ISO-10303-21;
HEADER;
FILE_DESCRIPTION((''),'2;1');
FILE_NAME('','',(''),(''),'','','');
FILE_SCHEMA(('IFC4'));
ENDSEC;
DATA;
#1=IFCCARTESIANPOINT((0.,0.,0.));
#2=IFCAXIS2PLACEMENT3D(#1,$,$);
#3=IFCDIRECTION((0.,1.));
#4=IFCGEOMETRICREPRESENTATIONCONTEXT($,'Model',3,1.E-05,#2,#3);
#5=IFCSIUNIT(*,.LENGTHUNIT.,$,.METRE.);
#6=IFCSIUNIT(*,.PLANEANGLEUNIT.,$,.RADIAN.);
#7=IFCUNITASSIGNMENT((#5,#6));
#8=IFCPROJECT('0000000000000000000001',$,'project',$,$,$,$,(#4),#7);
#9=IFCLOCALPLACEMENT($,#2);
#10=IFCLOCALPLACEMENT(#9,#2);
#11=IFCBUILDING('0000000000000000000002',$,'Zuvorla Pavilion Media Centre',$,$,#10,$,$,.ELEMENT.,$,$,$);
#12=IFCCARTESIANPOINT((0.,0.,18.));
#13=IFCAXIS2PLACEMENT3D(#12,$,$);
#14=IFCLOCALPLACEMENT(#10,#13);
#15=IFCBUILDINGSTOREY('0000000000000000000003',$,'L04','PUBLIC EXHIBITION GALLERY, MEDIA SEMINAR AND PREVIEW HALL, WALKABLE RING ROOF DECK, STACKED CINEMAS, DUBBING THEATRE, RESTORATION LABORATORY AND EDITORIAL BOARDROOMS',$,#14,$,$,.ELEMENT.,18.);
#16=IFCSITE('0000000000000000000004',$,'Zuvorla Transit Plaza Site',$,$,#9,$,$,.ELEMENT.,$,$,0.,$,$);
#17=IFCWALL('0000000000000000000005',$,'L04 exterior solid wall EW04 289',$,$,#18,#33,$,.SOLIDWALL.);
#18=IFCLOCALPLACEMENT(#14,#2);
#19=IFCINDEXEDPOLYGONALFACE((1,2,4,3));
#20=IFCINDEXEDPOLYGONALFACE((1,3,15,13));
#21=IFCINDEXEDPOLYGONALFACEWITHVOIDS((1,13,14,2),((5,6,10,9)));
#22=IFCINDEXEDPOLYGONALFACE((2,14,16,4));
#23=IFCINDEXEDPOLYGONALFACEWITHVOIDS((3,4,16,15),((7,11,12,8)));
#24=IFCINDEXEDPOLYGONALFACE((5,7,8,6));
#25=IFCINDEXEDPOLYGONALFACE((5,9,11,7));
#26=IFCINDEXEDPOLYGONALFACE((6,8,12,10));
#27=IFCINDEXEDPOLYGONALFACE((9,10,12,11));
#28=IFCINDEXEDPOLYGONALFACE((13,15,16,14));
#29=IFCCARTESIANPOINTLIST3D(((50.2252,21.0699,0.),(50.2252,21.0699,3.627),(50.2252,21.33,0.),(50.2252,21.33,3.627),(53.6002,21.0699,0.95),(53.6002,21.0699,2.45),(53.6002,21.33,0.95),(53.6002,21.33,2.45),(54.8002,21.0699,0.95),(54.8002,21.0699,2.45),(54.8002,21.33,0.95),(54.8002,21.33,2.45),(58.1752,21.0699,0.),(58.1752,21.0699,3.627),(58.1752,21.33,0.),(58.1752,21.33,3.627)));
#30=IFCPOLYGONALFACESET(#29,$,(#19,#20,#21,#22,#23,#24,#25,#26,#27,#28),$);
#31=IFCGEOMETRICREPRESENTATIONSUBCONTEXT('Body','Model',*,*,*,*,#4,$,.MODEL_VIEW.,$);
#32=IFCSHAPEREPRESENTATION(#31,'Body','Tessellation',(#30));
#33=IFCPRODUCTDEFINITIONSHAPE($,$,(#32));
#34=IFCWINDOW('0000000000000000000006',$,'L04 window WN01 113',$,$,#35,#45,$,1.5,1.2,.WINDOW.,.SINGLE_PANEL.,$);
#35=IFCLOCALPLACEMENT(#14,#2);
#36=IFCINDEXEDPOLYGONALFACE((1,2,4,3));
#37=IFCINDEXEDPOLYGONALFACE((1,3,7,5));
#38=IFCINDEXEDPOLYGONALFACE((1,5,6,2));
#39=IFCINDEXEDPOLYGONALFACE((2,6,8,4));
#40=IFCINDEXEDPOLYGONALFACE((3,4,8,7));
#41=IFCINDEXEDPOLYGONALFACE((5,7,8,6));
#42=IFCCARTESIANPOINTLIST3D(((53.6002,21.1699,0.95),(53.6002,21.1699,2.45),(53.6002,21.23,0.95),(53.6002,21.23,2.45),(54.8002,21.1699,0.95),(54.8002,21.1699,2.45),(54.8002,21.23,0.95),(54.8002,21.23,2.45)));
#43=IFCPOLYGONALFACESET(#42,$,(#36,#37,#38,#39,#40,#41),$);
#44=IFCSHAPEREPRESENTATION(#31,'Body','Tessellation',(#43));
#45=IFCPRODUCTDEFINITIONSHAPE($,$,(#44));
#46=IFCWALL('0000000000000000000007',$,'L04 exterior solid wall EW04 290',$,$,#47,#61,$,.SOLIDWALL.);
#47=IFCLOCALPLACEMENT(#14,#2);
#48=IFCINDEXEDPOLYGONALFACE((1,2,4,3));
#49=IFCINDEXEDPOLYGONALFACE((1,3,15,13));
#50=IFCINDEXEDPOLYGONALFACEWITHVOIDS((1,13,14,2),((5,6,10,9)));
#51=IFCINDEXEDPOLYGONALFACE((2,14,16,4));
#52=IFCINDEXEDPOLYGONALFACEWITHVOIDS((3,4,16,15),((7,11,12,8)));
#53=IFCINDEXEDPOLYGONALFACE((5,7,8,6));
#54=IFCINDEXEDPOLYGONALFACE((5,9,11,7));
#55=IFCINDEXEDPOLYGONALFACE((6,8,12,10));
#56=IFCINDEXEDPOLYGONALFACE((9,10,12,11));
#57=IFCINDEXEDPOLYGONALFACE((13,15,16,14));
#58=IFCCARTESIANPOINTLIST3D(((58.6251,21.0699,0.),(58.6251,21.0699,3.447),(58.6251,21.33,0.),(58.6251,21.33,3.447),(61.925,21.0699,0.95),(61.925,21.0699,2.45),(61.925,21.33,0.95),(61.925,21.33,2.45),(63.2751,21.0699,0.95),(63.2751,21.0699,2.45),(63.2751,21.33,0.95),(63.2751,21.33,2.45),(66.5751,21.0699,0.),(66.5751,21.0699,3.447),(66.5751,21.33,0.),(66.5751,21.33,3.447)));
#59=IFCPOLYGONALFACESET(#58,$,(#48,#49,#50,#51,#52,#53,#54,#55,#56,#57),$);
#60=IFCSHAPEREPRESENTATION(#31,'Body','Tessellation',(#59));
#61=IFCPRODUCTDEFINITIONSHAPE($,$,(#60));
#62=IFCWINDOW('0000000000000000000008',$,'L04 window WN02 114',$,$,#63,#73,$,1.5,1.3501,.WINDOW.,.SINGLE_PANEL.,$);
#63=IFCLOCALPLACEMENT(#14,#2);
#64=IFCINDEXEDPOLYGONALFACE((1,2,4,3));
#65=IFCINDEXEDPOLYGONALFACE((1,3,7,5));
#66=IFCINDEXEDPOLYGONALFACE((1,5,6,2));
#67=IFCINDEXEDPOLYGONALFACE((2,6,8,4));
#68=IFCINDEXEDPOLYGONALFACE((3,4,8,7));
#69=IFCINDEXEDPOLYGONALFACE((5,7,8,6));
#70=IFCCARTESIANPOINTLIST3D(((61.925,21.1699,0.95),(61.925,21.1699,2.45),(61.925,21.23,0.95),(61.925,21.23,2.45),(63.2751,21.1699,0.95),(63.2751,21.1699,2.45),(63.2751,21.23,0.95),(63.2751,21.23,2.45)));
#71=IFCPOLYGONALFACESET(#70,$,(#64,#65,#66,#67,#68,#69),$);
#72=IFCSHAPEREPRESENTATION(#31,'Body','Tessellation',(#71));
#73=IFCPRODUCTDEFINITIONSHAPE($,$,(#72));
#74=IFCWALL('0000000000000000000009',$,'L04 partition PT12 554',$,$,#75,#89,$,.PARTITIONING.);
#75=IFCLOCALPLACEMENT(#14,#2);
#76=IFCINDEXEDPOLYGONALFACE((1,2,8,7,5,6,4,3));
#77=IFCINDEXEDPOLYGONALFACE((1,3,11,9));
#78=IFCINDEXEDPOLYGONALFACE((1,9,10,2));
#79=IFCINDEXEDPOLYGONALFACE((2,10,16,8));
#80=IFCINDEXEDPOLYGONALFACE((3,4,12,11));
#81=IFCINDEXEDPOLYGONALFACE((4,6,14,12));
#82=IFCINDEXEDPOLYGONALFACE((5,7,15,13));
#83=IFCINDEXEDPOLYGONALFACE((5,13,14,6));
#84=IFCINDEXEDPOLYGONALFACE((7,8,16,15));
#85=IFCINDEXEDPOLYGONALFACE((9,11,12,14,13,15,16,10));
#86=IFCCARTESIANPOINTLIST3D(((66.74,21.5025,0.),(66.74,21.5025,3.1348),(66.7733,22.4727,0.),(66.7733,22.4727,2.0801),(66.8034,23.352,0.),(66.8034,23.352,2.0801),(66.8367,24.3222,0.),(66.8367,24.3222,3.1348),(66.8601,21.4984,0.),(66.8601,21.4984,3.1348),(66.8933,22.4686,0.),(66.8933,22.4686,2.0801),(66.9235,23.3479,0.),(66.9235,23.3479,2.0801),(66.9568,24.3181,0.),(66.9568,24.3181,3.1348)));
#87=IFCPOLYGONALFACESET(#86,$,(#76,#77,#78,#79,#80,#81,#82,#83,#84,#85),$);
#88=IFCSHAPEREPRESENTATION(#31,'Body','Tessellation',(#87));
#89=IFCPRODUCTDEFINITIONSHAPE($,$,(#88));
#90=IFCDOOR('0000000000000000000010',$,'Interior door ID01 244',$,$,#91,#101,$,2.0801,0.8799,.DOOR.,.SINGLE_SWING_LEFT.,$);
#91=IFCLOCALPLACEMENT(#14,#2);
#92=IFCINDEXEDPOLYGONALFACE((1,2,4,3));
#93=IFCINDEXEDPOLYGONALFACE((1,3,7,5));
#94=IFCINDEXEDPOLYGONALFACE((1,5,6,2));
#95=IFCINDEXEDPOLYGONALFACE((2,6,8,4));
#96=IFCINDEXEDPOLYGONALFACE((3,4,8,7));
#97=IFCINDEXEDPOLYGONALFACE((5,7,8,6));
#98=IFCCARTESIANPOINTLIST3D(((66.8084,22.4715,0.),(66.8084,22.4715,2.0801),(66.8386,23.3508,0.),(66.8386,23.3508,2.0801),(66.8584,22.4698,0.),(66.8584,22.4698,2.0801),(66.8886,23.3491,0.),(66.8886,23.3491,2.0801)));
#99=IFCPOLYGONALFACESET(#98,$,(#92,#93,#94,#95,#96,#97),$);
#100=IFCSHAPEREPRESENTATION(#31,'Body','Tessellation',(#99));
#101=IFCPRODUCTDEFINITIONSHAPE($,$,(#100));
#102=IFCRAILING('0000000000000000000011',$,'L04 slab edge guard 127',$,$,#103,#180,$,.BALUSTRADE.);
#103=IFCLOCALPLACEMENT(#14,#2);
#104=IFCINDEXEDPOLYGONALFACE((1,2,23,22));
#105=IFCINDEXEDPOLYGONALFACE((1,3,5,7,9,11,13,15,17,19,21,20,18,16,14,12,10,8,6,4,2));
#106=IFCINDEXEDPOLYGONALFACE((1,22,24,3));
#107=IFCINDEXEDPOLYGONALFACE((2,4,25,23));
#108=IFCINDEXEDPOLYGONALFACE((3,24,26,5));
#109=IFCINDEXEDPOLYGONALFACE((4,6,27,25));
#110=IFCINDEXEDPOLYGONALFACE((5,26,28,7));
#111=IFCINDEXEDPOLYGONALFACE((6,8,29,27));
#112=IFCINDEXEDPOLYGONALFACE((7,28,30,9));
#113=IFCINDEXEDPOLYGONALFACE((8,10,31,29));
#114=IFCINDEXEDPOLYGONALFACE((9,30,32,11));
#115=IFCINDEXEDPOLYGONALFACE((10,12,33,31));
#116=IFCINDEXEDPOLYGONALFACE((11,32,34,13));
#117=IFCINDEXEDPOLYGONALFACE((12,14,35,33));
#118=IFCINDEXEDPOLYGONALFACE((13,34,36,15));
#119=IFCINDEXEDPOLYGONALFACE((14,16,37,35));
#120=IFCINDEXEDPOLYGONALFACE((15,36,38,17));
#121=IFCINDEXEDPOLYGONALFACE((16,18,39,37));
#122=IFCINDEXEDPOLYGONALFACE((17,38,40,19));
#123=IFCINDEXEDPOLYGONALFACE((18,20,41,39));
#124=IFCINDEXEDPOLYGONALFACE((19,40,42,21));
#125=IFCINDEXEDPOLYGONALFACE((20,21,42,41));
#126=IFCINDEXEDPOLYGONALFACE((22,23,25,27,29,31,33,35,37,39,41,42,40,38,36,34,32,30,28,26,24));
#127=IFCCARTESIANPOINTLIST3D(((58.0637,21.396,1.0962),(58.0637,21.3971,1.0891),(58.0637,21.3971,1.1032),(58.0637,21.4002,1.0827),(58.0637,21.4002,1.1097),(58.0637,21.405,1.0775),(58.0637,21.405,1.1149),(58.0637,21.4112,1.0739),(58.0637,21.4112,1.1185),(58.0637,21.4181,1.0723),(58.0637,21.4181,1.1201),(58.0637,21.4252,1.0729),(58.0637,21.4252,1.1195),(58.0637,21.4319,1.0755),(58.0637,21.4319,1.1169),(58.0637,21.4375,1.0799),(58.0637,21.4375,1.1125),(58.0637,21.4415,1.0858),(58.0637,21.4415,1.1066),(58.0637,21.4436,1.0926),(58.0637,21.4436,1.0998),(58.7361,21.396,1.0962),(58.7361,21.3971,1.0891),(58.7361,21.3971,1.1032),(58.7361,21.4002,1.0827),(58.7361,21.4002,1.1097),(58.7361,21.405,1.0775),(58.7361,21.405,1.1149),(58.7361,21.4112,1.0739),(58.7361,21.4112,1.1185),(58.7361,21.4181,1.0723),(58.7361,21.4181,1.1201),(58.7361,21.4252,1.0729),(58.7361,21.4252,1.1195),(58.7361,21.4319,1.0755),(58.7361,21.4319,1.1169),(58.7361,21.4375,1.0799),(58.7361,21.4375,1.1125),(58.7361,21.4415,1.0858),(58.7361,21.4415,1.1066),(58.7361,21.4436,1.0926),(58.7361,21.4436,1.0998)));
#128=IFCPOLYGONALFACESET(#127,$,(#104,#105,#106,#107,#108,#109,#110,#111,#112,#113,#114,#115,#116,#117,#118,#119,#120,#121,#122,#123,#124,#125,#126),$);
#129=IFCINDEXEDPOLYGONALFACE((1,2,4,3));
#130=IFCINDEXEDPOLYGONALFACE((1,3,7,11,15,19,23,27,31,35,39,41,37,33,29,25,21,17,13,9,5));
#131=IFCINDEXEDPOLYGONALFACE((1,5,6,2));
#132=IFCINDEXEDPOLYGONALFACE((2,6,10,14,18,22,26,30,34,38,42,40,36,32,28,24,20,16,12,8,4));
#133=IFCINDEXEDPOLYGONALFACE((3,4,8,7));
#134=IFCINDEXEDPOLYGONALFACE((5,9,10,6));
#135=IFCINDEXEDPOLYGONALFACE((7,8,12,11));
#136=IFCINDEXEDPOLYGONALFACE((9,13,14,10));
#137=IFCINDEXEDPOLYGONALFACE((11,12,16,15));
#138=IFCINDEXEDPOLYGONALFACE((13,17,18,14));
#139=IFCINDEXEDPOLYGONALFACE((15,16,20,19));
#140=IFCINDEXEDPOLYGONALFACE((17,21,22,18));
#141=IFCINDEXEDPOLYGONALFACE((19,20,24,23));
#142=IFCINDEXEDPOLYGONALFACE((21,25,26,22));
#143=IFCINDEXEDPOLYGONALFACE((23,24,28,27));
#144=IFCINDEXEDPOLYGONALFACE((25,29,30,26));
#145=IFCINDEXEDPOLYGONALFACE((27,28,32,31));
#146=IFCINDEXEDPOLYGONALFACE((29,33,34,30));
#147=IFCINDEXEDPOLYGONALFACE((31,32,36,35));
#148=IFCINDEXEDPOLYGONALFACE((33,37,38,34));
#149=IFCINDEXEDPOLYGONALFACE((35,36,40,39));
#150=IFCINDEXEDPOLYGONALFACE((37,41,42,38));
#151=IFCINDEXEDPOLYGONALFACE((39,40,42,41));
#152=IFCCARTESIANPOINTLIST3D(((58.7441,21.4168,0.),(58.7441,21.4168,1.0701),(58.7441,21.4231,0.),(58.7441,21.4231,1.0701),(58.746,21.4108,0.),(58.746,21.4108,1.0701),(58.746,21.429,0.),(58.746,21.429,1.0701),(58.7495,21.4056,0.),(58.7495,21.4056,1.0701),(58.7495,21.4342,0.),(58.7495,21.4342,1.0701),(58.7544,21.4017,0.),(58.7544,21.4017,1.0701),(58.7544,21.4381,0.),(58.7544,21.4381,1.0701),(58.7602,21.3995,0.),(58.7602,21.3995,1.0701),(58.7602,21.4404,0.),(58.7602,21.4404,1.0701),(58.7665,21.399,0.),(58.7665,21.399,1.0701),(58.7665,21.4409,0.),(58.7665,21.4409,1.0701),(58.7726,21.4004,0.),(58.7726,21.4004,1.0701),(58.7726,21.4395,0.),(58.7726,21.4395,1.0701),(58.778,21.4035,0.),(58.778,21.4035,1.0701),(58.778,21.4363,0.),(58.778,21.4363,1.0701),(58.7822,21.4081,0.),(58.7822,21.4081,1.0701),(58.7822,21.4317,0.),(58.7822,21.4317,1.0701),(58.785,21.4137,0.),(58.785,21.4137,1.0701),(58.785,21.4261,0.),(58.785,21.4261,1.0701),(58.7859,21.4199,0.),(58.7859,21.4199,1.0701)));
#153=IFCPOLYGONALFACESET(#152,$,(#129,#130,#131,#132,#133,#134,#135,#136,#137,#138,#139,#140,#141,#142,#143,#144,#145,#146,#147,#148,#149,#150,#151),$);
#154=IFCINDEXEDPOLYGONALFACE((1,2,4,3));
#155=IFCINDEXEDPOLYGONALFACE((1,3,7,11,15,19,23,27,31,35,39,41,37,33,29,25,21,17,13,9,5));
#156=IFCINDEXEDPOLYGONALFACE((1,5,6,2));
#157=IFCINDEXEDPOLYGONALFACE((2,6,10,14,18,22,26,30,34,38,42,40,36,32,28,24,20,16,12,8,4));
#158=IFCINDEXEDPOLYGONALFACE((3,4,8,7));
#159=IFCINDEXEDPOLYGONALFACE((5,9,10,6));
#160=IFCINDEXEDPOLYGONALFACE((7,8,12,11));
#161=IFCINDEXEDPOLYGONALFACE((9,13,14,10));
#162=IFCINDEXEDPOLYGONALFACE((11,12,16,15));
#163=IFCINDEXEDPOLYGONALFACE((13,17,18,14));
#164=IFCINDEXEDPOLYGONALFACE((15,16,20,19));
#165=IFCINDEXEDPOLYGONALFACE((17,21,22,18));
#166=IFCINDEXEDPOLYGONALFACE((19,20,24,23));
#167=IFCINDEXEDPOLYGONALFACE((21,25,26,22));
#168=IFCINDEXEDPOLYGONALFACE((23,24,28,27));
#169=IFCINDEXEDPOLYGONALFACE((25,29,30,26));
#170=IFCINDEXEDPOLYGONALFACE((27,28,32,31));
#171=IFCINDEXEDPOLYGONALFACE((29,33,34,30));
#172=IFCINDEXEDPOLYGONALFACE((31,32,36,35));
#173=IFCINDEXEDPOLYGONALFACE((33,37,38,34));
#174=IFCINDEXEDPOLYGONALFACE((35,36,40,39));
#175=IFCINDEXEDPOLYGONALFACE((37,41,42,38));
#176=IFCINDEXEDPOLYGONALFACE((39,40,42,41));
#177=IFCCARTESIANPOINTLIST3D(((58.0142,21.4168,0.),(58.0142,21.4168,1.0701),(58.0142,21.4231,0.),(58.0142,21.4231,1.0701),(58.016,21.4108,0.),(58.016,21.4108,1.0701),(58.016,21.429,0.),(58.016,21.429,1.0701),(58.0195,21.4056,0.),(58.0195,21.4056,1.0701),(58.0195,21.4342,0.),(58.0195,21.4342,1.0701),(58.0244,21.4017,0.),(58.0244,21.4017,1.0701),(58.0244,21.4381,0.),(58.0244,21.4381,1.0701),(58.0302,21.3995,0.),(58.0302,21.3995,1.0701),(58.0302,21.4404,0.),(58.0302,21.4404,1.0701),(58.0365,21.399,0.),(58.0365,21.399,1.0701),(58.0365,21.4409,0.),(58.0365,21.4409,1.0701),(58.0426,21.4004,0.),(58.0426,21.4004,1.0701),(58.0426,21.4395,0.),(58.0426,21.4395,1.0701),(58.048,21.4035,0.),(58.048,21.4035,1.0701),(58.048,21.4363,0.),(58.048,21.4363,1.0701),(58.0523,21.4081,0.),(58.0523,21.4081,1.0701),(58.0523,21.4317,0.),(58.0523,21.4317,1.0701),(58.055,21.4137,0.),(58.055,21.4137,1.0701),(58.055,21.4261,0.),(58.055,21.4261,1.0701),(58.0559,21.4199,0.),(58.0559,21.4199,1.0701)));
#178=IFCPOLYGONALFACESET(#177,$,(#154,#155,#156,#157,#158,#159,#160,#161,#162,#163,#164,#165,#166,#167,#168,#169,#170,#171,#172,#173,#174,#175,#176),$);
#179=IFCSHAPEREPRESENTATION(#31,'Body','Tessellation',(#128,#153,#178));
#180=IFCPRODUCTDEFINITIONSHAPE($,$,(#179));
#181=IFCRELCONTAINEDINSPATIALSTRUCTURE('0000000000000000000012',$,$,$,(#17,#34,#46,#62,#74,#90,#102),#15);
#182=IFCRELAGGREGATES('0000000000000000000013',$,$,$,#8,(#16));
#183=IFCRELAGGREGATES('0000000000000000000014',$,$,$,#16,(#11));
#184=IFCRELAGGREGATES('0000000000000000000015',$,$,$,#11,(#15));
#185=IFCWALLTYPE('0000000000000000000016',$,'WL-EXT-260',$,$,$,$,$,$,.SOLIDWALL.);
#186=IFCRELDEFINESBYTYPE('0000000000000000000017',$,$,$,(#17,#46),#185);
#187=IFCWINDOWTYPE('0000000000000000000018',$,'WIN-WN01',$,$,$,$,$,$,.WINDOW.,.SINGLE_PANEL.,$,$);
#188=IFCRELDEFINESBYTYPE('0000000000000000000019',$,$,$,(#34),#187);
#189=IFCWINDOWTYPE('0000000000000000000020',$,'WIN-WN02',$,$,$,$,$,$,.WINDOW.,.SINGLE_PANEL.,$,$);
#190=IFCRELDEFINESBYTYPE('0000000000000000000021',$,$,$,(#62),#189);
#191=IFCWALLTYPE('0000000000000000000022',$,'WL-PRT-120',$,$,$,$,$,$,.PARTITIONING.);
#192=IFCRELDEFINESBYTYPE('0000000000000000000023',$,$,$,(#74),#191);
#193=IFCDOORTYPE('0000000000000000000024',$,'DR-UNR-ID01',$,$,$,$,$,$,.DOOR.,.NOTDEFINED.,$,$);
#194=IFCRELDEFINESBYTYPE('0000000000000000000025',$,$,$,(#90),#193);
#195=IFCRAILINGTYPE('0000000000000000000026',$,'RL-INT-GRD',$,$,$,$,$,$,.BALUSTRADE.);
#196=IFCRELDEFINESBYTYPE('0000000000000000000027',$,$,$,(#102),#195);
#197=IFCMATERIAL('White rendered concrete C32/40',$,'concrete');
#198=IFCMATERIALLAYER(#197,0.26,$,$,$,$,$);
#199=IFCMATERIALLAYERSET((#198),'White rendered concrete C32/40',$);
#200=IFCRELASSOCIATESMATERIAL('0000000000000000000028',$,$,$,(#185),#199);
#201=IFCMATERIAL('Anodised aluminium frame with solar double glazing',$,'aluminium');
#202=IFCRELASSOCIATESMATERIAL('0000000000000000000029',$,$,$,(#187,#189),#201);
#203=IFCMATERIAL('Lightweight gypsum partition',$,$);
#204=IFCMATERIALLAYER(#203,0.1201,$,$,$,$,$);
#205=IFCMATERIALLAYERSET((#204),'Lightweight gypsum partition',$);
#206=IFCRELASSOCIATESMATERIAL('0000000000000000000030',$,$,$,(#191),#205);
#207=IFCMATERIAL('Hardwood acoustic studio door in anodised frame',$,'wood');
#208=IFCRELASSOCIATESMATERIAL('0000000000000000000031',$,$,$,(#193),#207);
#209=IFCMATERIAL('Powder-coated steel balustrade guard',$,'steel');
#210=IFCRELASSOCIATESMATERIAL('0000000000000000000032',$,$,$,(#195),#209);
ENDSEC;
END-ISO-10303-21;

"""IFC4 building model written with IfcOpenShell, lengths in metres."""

from ifc_helpers import new_model, si_unit, direction, frame, frame_2d, origin, origin_2d, place, context, subcontext, project, spatial, rectangle, circle, extrude, material, layer, layer_set, type_object, element, fill, save


model = new_model("IFC4")

# Units and contexts
model_context = context("Model", 3, precision=1e-05, world=origin(), true_north=direction((0.0, 1.0)))
body_context = subcontext(model_context, "Body", "Model", "MODEL_VIEW")
ifc_project = project(units=[si_unit("LENGTHUNIT", "METRE"), si_unit("PLANEANGLEUNIT", "RADIAN")], contexts=[model_context])

# Site, building, storey
site_placement = place(None, origin())
site = spatial("IfcSite", under=ifc_project, at=site_placement, Name="Zuvorla Transit Plaza Site", CompositionType="ELEMENT", RefElevation=0.0)
building_placement = place(site_placement, origin())
building = spatial("IfcBuilding", under=site, at=building_placement, Name="Zuvorla Pavilion Media Centre", CompositionType="ELEMENT")
storey_placement = place(building_placement, frame((0.0, 0.0, 18.0)))
storey = spatial("IfcBuildingStorey", under=building, at=storey_placement, Name="L04", Description="PUBLIC EXHIBITION GALLERY, MEDIA SEMINAR AND PREVIEW HALL, WALKABLE RING ROOF DECK, STACKED CINEMAS, DUBBING THEATRE, RESTORATION LABORATORY AND EDITORIAL BOARDROOMS", CompositionType="ELEMENT", Elevation=18.0)

# Walls, openings, windows
ifc_material_1 = material(Name="White rendered concrete C32/40", Category="concrete")
ifc_layer_1 = layer(ifc_material_1, 0.26)
ifc_layer_set_1 = layer_set([ifc_layer_1], Name="White rendered concrete C32/40")
wall_type_1 = type_object("IfcWallType", Name="WL-EXT-260", PredefinedType="SOLIDWALL", material=ifc_layer_set_1)
ifc_material_2 = material(Name="Anodised aluminium frame with solar double glazing", Category="aluminium")
wall_1_placement = place(storey_placement, frame((50.2251, 21.2, 0.0), z_axis=(0.0, 0.0, 1.0), x_axis=(1.0, 0.0, 0.0)))
wall_1 = element("IfcWall", 1, at=wall_1_placement, inside=storey, type_object=wall_type_1, Name="L04 exterior solid wall EW04 289", PredefinedType="SOLIDWALL", context=body_context, shape_type="SweptSolid", body=[
    extrude(rectangle(XDim=7.95, YDim=0.26, at=frame_2d((3.9751, 0.0))), origin(), (0.0, 0.0, 1.0), 3.627),
])
opening_1_placement = place(wall_1_placement, frame((3.375, 0.0, 0.95)))
opening_1 = element("IfcOpeningElement", 2, at=opening_1_placement, cuts=wall_1, PredefinedType="OPENING", context=body_context, shape_type="SweptSolid", body=[
    extrude(rectangle(XDim=1.2, YDim=1.5, at=frame_2d((0.6001, 0.75))), frame((0.0, 0.1399, 0.0), z_axis=(0.0, -1.0, 0.0), x_axis=(1.0, 0.0, 0.0)), (0.0, 0.0, 1.0), 0.28),
])
window_type_1 = type_object("IfcWindowType", Name="WIN-WN01", PartitioningType="SINGLE_PANEL", PredefinedType="WINDOW", material=ifc_material_2)
window_1_placement = place(opening_1_placement, origin())
window_1 = element("IfcWindow", 3, at=window_1_placement, inside=storey, type_object=window_type_1, Name="L04 window WN01 113", OverallHeight=1.5, OverallWidth=1.2, PartitioningType="SINGLE_PANEL", PredefinedType="WINDOW", context=body_context, shape_type="SweptSolid", body=[
    extrude(rectangle(XDim=1.2, YDim=1.5, at=frame_2d((0.6001, 0.75))), frame((0.0, 0.03, 0.0), z_axis=(0.0, -1.0, 0.0), x_axis=(1.0, 0.0, 0.0)), (0.0, 0.0, 1.0), 0.0601),
])
fill(opening_1, window_1)
wall_2_placement = place(storey_placement, frame((58.625, 21.2, 0.0), z_axis=(0.0, 0.0, 1.0), x_axis=(1.0, 0.0, 0.0)))
wall_2 = element("IfcWall", 4, at=wall_2_placement, inside=storey, type_object=wall_type_1, Name="L04 exterior solid wall EW04 290", PredefinedType="SOLIDWALL", context=body_context, shape_type="SweptSolid", body=[
    extrude(rectangle(XDim=7.95, YDim=0.26, at=frame_2d((3.9751, 0.0))), origin(), (0.0, 0.0, 1.0), 3.447),
])
opening_2_placement = place(wall_2_placement, frame((3.3, 0.0, 0.95)))
opening_2 = element("IfcOpeningElement", 5, at=opening_2_placement, cuts=wall_2, PredefinedType="OPENING", context=body_context, shape_type="SweptSolid", body=[
    extrude(rectangle(XDim=1.3501, YDim=1.5, at=frame_2d((0.675, 0.75))), frame((0.0, 0.1399, 0.0), z_axis=(0.0, -1.0, 0.0), x_axis=(1.0, 0.0, 0.0)), (0.0, 0.0, 1.0), 0.28),
])
window_type_2 = type_object("IfcWindowType", Name="WIN-WN02", PartitioningType="SINGLE_PANEL", PredefinedType="WINDOW", material=ifc_material_2)
window_2_placement = place(opening_2_placement, origin())
window_2 = element("IfcWindow", 6, at=window_2_placement, inside=storey, type_object=window_type_2, Name="L04 window WN02 114", OverallHeight=1.5, OverallWidth=1.3501, PartitioningType="SINGLE_PANEL", PredefinedType="WINDOW", context=body_context, shape_type="SweptSolid", body=[
    extrude(rectangle(XDim=1.3501, YDim=1.5, at=frame_2d((0.675, 0.75))), frame((0.0, 0.03, 0.0), z_axis=(0.0, -1.0, 0.0), x_axis=(1.0, 0.0, 0.0)), (0.0, 0.0, 1.0), 0.0601),
])
fill(opening_2, window_2)

# Wall, opening, door
ifc_material_3 = material(Name="Lightweight gypsum partition")
ifc_layer_2 = layer(ifc_material_3, 0.1201)
ifc_layer_set_2 = layer_set([ifc_layer_2], Name="Lightweight gypsum partition")
wall_type_2 = type_object("IfcWallType", Name="WL-PRT-120", PredefinedType="PARTITIONING", material=ifc_layer_set_2)
wall_3_placement = place(storey_placement, frame((66.8, 21.5005, 0.0), z_axis=(0.0, 0.0, 1.0), x_axis=(0.034269, 0.999413, 0.0)))
wall_3 = element("IfcWall", 7, at=wall_3_placement, inside=storey, type_object=wall_type_2, Name="L04 partition PT12 554", PredefinedType="PARTITIONING", context=body_context, shape_type="SweptSolid", body=[
    extrude(rectangle(XDim=2.8213, YDim=0.1201, at=frame_2d((1.4106, 0.0))), origin(), (0.0, 0.0, 1.0), 3.1348),
])
opening_3_placement = place(wall_3_placement, frame((0.9707, 0.0, 0.0)))
opening_3 = element("IfcOpeningElement", 8, at=opening_3_placement, cuts=wall_3, PredefinedType="OPENING", context=body_context, shape_type="SweptSolid", body=[
    extrude(rectangle(XDim=0.8799, YDim=2.0801, at=frame_2d((0.4399, 1.04))), frame((0.0, 0.0701, 0.0), z_axis=(0.0, -1.0, 0.0), x_axis=(1.0, 0.0, 0.0)), (0.0, 0.0, 1.0), 0.1401),
])
ifc_material_4 = material(Name="Hardwood acoustic studio door in anodised frame", Category="wood")
door_type = type_object("IfcDoorType", Name="DR-UNR-ID01", OperationType="NOTDEFINED", PredefinedType="DOOR", material=ifc_material_4)
door_placement = place(opening_3_placement, origin())
door = element("IfcDoor", 9, at=door_placement, inside=storey, type_object=door_type, Name="Interior door ID01 244", OperationType="SINGLE_SWING_LEFT", OverallHeight=2.0801, OverallWidth=0.8799, PredefinedType="DOOR", context=body_context, shape_type="SweptSolid", body=[
    extrude(rectangle(XDim=0.8799, YDim=2.0801, at=frame_2d((0.4399, 1.04))), frame((0.0, 0.0249, 0.0), z_axis=(0.0, -1.0, 0.0), x_axis=(1.0, 0.0, 0.0)), (0.0, 0.0, 1.0), 0.05),
])
fill(opening_3, door)

# Railing
ifc_material_5 = material(Name="Powder-coated steel balustrade guard", Category="steel")
railing_type = type_object("IfcRailingType", Name="RL-INT-GRD", PredefinedType="BALUSTRADE", material=ifc_material_5)
for number, where, name in (
    (10, (58.7649, 21.4199, 0.0), "L04 slab edge guard 127"),
):
    element("IfcRailing", number, at=place(storey_placement, frame(where)), inside=storey, type_object=railing_type, Name=name, PredefinedType="BALUSTRADE", context=body_context, shape_type="SweptSolid", body=[
        extrude(circle(Radius=0.0239, at=origin_2d()), frame((-0.0288, 0.0, 1.0962), z_axis=(-1.0, 0.0, 0.0), x_axis=(0.0, -1.0, 0.0)), (0.0, 0.0, 1.0), 0.6724),
        extrude(circle(Radius=0.021, at=origin_2d()), origin(), (0.0, 0.0, 1.0), 1.0701),
        extrude(circle(Radius=0.021, at=origin_2d()), frame((-0.73, 0.0, 0.0)), (0.0, 0.0, 1.0), 1.0701),
    ])

save(model, "model.ifc")
